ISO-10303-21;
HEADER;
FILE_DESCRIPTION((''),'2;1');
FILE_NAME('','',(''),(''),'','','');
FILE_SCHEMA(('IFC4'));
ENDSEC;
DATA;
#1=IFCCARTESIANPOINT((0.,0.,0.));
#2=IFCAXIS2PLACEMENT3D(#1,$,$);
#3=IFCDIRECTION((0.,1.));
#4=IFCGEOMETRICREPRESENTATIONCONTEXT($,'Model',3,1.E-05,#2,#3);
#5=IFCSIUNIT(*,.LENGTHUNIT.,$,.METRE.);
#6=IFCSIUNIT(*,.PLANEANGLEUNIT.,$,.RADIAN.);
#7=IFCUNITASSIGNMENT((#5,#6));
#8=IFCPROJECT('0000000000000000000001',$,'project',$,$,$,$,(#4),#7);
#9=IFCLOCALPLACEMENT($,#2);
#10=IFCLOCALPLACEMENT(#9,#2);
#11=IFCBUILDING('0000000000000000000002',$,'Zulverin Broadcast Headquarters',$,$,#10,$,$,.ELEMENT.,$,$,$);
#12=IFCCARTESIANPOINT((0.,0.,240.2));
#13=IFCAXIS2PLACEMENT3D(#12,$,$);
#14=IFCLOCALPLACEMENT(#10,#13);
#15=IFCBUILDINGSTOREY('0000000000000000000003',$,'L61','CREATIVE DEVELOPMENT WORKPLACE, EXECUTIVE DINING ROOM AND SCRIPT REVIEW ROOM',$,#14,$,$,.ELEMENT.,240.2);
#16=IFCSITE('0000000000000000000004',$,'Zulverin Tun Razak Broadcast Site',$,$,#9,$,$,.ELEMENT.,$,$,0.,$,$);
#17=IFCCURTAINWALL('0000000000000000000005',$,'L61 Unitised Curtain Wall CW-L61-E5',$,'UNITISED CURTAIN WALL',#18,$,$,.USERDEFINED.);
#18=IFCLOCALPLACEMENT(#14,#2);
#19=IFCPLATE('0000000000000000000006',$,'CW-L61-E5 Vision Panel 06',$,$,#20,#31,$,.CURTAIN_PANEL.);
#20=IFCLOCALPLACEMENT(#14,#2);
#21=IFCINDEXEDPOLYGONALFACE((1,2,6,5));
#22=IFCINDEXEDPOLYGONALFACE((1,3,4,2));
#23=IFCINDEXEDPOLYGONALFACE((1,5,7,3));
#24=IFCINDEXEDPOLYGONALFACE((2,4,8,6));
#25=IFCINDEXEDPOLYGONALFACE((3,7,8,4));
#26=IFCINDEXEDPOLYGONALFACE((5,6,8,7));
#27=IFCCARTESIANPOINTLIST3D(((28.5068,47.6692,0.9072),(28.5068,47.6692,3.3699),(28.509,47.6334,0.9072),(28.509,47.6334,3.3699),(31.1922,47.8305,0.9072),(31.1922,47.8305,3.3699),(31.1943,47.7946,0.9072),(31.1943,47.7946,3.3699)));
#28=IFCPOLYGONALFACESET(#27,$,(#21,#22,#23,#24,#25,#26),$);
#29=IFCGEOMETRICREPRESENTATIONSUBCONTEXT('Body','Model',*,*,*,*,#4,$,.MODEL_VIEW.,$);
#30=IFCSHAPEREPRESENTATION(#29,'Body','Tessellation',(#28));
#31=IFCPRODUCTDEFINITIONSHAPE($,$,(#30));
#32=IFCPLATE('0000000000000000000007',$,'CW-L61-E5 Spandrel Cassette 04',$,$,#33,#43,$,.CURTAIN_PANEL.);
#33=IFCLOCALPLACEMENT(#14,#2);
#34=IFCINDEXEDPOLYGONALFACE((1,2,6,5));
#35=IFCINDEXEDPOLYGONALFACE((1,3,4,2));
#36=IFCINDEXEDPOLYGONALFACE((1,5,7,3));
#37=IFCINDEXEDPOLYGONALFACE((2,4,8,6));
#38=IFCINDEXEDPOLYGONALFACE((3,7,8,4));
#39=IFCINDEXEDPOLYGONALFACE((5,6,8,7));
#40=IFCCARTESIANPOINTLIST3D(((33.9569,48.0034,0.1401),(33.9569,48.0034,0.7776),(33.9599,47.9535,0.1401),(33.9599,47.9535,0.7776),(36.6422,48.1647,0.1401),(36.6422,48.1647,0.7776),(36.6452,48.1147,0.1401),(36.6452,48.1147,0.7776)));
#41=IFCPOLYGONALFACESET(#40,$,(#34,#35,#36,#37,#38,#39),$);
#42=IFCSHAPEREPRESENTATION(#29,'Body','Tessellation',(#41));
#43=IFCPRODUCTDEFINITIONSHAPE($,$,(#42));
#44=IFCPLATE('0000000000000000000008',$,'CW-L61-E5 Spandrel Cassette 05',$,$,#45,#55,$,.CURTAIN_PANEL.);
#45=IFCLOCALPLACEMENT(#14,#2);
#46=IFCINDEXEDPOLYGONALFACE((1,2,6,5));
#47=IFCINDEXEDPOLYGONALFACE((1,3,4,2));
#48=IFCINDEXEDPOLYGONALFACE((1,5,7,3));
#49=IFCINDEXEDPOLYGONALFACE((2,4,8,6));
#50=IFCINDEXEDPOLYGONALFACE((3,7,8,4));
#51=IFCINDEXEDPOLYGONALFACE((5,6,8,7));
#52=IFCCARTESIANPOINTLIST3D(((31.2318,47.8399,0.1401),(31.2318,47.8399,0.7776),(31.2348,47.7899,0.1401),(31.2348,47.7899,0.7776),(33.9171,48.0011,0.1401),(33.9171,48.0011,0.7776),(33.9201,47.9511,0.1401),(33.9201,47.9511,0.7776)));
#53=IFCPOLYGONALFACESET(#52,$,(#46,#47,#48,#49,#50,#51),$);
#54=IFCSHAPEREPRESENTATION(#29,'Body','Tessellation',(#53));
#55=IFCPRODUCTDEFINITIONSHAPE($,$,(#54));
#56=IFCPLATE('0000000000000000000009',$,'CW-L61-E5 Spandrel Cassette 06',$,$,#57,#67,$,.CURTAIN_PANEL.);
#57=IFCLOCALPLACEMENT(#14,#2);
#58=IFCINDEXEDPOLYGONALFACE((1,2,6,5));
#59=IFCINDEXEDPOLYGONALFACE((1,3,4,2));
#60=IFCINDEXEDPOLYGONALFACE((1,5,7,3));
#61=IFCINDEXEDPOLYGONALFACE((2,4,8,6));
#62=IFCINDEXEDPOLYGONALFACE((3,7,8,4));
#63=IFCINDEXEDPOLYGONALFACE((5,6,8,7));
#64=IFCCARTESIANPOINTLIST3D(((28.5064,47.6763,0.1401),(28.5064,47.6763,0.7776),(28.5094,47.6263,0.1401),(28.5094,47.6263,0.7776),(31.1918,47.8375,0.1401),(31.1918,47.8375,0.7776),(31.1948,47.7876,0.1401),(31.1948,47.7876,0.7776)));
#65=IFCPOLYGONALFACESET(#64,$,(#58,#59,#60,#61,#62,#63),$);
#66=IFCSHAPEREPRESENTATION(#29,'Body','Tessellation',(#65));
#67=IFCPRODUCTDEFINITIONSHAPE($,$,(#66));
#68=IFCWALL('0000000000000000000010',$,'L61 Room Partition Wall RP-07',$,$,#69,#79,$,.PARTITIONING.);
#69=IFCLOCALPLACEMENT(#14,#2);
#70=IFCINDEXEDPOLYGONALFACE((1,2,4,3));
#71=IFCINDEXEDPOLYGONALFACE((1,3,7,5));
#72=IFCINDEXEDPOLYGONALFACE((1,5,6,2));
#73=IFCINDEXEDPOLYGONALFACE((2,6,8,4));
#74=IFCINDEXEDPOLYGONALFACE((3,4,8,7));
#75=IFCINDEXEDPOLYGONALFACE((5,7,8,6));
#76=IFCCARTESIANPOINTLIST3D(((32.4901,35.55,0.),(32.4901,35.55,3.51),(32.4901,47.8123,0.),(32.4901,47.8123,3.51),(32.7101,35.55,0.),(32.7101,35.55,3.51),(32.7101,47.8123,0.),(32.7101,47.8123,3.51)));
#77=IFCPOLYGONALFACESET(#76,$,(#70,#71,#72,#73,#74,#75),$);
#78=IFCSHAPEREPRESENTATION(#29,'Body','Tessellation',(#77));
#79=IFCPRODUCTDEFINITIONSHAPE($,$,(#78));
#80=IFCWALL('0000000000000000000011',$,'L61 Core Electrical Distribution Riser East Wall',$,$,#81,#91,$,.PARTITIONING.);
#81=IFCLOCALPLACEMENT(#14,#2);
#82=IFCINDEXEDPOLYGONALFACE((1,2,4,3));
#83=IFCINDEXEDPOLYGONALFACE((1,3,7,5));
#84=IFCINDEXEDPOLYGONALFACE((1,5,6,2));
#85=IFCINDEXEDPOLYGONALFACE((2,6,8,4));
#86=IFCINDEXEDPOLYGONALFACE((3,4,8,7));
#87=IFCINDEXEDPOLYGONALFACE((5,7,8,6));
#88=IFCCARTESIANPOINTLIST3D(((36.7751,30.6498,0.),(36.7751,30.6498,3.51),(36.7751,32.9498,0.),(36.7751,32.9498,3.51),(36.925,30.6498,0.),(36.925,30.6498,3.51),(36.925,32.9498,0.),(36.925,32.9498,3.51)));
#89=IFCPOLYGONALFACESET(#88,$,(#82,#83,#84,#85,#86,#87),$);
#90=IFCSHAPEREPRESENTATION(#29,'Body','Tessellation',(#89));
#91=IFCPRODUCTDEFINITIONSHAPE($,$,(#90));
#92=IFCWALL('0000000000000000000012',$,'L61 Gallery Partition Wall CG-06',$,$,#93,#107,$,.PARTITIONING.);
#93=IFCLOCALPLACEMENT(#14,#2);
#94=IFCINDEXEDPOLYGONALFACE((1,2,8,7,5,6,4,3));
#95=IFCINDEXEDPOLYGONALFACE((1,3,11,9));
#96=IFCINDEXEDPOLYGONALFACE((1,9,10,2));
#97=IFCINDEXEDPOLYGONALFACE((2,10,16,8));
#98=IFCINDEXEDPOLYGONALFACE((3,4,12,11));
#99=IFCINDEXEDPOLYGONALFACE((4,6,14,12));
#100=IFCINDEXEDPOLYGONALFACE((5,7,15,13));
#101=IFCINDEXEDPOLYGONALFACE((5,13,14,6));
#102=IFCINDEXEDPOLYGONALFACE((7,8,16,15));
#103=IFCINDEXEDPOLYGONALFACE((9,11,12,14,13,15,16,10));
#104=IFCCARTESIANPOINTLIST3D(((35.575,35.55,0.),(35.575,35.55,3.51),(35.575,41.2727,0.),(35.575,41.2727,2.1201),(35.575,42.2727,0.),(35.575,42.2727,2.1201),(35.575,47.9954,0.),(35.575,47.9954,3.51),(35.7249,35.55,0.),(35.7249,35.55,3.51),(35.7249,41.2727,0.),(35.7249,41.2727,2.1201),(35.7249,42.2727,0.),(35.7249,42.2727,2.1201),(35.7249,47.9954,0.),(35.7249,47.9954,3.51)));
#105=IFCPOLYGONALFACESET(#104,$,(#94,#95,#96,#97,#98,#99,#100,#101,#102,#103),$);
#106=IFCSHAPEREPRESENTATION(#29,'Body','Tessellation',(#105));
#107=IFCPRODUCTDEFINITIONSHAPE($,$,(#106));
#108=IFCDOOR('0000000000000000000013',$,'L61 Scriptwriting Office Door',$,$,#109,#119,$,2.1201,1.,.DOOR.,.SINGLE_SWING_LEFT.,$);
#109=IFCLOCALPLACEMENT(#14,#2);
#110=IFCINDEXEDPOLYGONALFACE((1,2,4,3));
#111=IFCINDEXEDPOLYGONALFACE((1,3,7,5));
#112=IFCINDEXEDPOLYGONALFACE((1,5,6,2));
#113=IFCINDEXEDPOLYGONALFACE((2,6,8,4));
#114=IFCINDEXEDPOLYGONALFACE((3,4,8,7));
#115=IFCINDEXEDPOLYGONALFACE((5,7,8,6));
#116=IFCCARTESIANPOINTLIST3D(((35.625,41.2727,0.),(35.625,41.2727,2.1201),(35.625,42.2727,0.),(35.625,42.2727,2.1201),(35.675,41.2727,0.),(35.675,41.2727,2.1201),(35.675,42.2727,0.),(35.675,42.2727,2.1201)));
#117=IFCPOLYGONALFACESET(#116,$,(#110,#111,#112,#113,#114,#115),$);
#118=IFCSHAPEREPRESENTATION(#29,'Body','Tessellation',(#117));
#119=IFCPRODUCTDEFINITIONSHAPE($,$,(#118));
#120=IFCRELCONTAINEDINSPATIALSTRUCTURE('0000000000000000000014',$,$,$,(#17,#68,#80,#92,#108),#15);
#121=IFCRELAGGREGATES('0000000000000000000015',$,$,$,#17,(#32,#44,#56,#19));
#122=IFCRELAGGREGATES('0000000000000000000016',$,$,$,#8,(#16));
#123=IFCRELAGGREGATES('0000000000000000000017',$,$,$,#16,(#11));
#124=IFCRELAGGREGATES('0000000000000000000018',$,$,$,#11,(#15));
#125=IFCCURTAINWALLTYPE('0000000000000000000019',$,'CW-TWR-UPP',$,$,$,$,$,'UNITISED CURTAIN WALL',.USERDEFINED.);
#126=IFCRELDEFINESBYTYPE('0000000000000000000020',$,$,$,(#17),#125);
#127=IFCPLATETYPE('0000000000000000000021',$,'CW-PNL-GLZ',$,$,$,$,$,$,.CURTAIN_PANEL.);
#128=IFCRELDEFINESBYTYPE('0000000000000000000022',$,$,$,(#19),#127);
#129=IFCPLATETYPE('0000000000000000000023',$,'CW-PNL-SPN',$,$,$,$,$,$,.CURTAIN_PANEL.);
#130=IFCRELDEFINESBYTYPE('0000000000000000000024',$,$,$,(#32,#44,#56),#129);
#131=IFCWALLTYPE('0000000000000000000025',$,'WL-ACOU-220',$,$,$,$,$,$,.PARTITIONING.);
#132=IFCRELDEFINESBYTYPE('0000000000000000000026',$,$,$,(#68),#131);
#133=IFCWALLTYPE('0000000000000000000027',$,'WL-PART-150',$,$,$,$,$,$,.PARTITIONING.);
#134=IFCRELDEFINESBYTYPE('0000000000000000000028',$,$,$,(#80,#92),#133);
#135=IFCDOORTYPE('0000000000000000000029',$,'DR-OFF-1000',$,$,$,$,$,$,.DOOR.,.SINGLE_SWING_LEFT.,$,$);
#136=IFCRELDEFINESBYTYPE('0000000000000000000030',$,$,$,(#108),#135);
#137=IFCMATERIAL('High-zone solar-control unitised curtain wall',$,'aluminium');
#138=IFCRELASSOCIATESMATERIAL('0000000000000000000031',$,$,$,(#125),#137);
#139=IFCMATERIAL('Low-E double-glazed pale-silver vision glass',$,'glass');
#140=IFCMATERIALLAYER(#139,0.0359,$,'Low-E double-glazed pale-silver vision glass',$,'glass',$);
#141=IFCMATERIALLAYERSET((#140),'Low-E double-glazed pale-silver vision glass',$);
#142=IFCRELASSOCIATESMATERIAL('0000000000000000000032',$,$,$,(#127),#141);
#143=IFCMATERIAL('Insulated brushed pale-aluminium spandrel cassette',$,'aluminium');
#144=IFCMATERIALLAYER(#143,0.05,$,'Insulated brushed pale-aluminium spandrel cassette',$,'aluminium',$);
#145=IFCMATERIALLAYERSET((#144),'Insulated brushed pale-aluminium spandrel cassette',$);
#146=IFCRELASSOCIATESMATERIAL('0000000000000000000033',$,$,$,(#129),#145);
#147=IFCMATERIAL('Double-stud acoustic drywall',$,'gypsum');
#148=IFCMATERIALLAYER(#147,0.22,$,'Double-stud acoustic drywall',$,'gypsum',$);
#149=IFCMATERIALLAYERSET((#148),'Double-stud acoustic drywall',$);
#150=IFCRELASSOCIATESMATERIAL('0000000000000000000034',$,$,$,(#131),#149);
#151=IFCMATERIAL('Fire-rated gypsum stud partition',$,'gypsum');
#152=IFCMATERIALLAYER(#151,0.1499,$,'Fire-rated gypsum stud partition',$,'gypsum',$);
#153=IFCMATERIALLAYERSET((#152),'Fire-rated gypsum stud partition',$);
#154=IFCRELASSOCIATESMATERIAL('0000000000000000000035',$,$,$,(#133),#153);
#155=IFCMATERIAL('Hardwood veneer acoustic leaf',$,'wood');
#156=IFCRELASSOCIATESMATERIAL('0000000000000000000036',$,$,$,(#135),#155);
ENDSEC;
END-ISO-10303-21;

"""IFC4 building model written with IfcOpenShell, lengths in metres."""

from ifc_helpers import new_model, si_unit, direction, frame, frame_2d, origin, origin_2d, place, context, subcontext, project, spatial, rectangle, extrude, material, layer, layer_set, type_object, element, fill, aggregate, save


model = new_model("IFC4")

# Units and contexts
model_context = context("Model", 3, precision=1e-05, world=origin(), true_north=direction((0.0, 1.0)))
body_context = subcontext(model_context, "Body", "Model", "MODEL_VIEW")
ifc_project = project(units=[si_unit("LENGTHUNIT", "METRE"), si_unit("PLANEANGLEUNIT", "RADIAN")], contexts=[model_context])

# Site, building, storey
site_placement = place(None, origin())
site = spatial("IfcSite", under=ifc_project, at=site_placement, Name="Zulverin Tun Razak Broadcast Site", CompositionType="ELEMENT", RefElevation=0.0)
building_placement = place(site_placement, origin())
building = spatial("IfcBuilding", under=site, at=building_placement, Name="Zulverin Broadcast Headquarters", CompositionType="ELEMENT")
storey_placement = place(building_placement, frame((0.0, 0.0, 240.2)))
storey = spatial("IfcBuildingStorey", under=building, at=storey_placement, Name="L61", Description="CREATIVE DEVELOPMENT WORKPLACE, EXECUTIVE DINING ROOM AND SCRIPT REVIEW ROOM", CompositionType="ELEMENT", Elevation=240.2)

# Curtain wall, plates
ifc_material_1 = material(Name="High-zone solar-control unitised curtain wall", Category="aluminium")
curtain_wall_type = type_object("IfcCurtainWallType", Name="CW-TWR-UPP", ElementType="UNITISED CURTAIN WALL", PredefinedType="USERDEFINED", material=ifc_material_1)
curtain_wall_placement = place(storey_placement, origin())
curtain_wall = element("IfcCurtainWall", 1, at=curtain_wall_placement, inside=storey, type_object=curtain_wall_type, Name="L61 Unitised Curtain Wall CW-L61-E5", ObjectType="UNITISED CURTAIN WALL", PredefinedType="USERDEFINED")
ifc_material_2 = material(Name="Low-E double-glazed pale-silver vision glass", Category="glass")
ifc_layer_1 = layer(ifc_material_2, 0.0359, Name="Low-E double-glazed pale-silver vision glass", Category="glass")
ifc_layer_set_1 = layer_set([ifc_layer_1], Name="Low-E double-glazed pale-silver vision glass")
plate_type_1 = type_object("IfcPlateType", Name="CW-PNL-GLZ", PredefinedType="CURTAIN_PANEL", material=ifc_layer_set_1)
plate_1_placement = place(storey_placement, frame((29.8506, 47.7319, 0.9072), z_axis=(0.0, 0.0, 1.0), x_axis=(-0.998203, -0.05993, 0.0)))
plate_1 = element("IfcPlate", 2, at=plate_1_placement, type_object=plate_type_1, Name="CW-L61-E5 Vision Panel 06", PredefinedType="CURTAIN_PANEL", context=body_context, shape_type="SweptSolid", body=[
    extrude(rectangle(XDim=2.6902, YDim=0.0359, at=origin_2d()), origin(), (0.0, 0.0, 1.0), 2.4626),
])
ifc_material_3 = material(Name="Insulated brushed pale-aluminium spandrel cassette", Category="aluminium")
ifc_layer_2 = layer(ifc_material_3, 0.05, Name="Insulated brushed pale-aluminium spandrel cassette", Category="aluminium")
ifc_layer_set_2 = layer_set([ifc_layer_2], Name="Insulated brushed pale-aluminium spandrel cassette")
plate_type_2 = type_object("IfcPlateType", Name="CW-PNL-SPN", PredefinedType="CURTAIN_PANEL", material=ifc_layer_set_2)
plate_2_placement = place(storey_placement, frame((35.301, 48.0591, 0.1401), z_axis=(0.0, 0.0, 1.0), x_axis=(-0.998203, -0.05993, 0.0)))
plate_2 = element("IfcPlate", 3, at=plate_2_placement, type_object=plate_type_2, Name="CW-L61-E5 Spandrel Cassette 04", PredefinedType="CURTAIN_PANEL", context=body_context, shape_type="SweptSolid", body=[
    extrude(rectangle(XDim=2.6902, YDim=0.05, at=origin_2d()), origin(), (0.0, 0.0, 1.0), 0.6375),
])
plate_3_placement = place(storey_placement, frame((32.5759, 47.8955, 0.1401), z_axis=(0.0, 0.0, 1.0), x_axis=(-0.998203, -0.05993, 0.0)))
plate_3 = element("IfcPlate", 4, at=plate_3_placement, type_object=plate_type_2, Name="CW-L61-E5 Spandrel Cassette 05", PredefinedType="CURTAIN_PANEL", context=body_context, shape_type="SweptSolid", body=[
    extrude(rectangle(XDim=2.6902, YDim=0.05, at=origin_2d()), origin(), (0.0, 0.0, 1.0), 0.6375),
])
plate_4_placement = place(storey_placement, frame((29.8506, 47.7319, 0.1401), z_axis=(0.0, 0.0, 1.0), x_axis=(-0.998203, -0.05993, 0.0)))
plate_4 = element("IfcPlate", 5, at=plate_4_placement, type_object=plate_type_2, Name="CW-L61-E5 Spandrel Cassette 06", PredefinedType="CURTAIN_PANEL", context=body_context, shape_type="SweptSolid", body=[
    extrude(rectangle(XDim=2.6902, YDim=0.05, at=origin_2d()), origin(), (0.0, 0.0, 1.0), 0.6375),
])
aggregate(curtain_wall, [plate_2, plate_3, plate_4, plate_1])

# Walls
ifc_material_4 = material(Name="Double-stud acoustic drywall", Category="gypsum")
ifc_layer_3 = layer(ifc_material_4, 0.22, Name="Double-stud acoustic drywall", Category="gypsum")
ifc_layer_set_3 = layer_set([ifc_layer_3], Name="Double-stud acoustic drywall")
wall_type_1 = type_object("IfcWallType", Name="WL-ACOU-220", PredefinedType="PARTITIONING", material=ifc_layer_set_3)
wall_1_placement = place(storey_placement, frame((32.6001, 35.55, 0.0), z_axis=(0.0, 0.0, 1.0), x_axis=(0.0, 1.0, 0.0)))
element("IfcWall", 6, at=wall_1_placement, inside=storey, type_object=wall_type_1, Name="L61 Room Partition Wall RP-07", PredefinedType="PARTITIONING", context=body_context, shape_type="SweptSolid", body=[
    extrude(rectangle(XDim=12.2622, YDim=0.22, at=frame_2d((6.1311, 0.0))), origin(), (0.0, 0.0, 1.0), 3.51),
])
ifc_material_5 = material(Name="Fire-rated gypsum stud partition", Category="gypsum")
ifc_layer_4 = layer(ifc_material_5, 0.1499, Name="Fire-rated gypsum stud partition", Category="gypsum")
ifc_layer_set_4 = layer_set([ifc_layer_4], Name="Fire-rated gypsum stud partition")
wall_type_2 = type_object("IfcWallType", Name="WL-PART-150", PredefinedType="PARTITIONING", material=ifc_layer_set_4)
wall_2_placement = place(storey_placement, frame((36.8501, 30.6499, 0.0), z_axis=(0.0, 0.0, 1.0), x_axis=(0.0, 1.0, 0.0)))
element("IfcWall", 7, at=wall_2_placement, inside=storey, type_object=wall_type_2, Name="L61 Core Electrical Distribution Riser East Wall", PredefinedType="PARTITIONING", context=body_context, shape_type="SweptSolid", body=[
    extrude(rectangle(XDim=2.3, YDim=0.1499, at=frame_2d((1.1499, 0.0))), origin(), (0.0, 0.0, 1.0), 3.51),
])

# Wall, opening, door
wall_3_placement = place(storey_placement, frame((35.6499, 35.55, 0.0), z_axis=(0.0, 0.0, 1.0), x_axis=(0.0, 1.0, 0.0)))
wall_3 = element("IfcWall", 8, at=wall_3_placement, inside=storey, type_object=wall_type_2, Name="L61 Gallery Partition Wall CG-06", PredefinedType="PARTITIONING", context=body_context, shape_type="SweptSolid", body=[
    extrude(rectangle(XDim=12.4453, YDim=0.1499, at=frame_2d((6.2227, 0.0))), origin(), (0.0, 0.0, 1.0), 3.51),
])
opening_placement = place(wall_3_placement, frame((5.7227, 0.0, 0.0)))
opening = element("IfcOpeningElement", 9, at=opening_placement, cuts=wall_3, PredefinedType="OPENING", context=body_context, shape_type="SweptSolid", body=[
    extrude(rectangle(XDim=1.0, YDim=2.1201, at=frame_2d((0.5, 1.0601))), frame((0.0, 0.085, 0.0), z_axis=(0.0, -1.0, 0.0), x_axis=(1.0, 0.0, 0.0)), (0.0, 0.0, 1.0), 0.1699),
])
ifc_material_6 = material(Name="Hardwood veneer acoustic leaf", Category="wood")
door_type = type_object("IfcDoorType", Name="DR-OFF-1000", OperationType="SINGLE_SWING_LEFT", PredefinedType="DOOR", material=ifc_material_6)
door_placement = place(opening_placement, origin())
door = element("IfcDoor", 10, at=door_placement, inside=storey, type_object=door_type, Name="L61 Scriptwriting Office Door", OperationType="SINGLE_SWING_LEFT", OverallHeight=2.1201, OverallWidth=1.0, PredefinedType="DOOR", context=body_context, shape_type="SweptSolid", body=[
    extrude(rectangle(XDim=1.0, YDim=2.1201, at=frame_2d((0.5, 1.0601))), frame((0.0, 0.0249, 0.0), z_axis=(0.0, -1.0, 0.0), x_axis=(1.0, 0.0, 0.0)), (0.0, 0.0, 1.0), 0.05),
])
fill(opening, door)

save(model, "model.ifc")
